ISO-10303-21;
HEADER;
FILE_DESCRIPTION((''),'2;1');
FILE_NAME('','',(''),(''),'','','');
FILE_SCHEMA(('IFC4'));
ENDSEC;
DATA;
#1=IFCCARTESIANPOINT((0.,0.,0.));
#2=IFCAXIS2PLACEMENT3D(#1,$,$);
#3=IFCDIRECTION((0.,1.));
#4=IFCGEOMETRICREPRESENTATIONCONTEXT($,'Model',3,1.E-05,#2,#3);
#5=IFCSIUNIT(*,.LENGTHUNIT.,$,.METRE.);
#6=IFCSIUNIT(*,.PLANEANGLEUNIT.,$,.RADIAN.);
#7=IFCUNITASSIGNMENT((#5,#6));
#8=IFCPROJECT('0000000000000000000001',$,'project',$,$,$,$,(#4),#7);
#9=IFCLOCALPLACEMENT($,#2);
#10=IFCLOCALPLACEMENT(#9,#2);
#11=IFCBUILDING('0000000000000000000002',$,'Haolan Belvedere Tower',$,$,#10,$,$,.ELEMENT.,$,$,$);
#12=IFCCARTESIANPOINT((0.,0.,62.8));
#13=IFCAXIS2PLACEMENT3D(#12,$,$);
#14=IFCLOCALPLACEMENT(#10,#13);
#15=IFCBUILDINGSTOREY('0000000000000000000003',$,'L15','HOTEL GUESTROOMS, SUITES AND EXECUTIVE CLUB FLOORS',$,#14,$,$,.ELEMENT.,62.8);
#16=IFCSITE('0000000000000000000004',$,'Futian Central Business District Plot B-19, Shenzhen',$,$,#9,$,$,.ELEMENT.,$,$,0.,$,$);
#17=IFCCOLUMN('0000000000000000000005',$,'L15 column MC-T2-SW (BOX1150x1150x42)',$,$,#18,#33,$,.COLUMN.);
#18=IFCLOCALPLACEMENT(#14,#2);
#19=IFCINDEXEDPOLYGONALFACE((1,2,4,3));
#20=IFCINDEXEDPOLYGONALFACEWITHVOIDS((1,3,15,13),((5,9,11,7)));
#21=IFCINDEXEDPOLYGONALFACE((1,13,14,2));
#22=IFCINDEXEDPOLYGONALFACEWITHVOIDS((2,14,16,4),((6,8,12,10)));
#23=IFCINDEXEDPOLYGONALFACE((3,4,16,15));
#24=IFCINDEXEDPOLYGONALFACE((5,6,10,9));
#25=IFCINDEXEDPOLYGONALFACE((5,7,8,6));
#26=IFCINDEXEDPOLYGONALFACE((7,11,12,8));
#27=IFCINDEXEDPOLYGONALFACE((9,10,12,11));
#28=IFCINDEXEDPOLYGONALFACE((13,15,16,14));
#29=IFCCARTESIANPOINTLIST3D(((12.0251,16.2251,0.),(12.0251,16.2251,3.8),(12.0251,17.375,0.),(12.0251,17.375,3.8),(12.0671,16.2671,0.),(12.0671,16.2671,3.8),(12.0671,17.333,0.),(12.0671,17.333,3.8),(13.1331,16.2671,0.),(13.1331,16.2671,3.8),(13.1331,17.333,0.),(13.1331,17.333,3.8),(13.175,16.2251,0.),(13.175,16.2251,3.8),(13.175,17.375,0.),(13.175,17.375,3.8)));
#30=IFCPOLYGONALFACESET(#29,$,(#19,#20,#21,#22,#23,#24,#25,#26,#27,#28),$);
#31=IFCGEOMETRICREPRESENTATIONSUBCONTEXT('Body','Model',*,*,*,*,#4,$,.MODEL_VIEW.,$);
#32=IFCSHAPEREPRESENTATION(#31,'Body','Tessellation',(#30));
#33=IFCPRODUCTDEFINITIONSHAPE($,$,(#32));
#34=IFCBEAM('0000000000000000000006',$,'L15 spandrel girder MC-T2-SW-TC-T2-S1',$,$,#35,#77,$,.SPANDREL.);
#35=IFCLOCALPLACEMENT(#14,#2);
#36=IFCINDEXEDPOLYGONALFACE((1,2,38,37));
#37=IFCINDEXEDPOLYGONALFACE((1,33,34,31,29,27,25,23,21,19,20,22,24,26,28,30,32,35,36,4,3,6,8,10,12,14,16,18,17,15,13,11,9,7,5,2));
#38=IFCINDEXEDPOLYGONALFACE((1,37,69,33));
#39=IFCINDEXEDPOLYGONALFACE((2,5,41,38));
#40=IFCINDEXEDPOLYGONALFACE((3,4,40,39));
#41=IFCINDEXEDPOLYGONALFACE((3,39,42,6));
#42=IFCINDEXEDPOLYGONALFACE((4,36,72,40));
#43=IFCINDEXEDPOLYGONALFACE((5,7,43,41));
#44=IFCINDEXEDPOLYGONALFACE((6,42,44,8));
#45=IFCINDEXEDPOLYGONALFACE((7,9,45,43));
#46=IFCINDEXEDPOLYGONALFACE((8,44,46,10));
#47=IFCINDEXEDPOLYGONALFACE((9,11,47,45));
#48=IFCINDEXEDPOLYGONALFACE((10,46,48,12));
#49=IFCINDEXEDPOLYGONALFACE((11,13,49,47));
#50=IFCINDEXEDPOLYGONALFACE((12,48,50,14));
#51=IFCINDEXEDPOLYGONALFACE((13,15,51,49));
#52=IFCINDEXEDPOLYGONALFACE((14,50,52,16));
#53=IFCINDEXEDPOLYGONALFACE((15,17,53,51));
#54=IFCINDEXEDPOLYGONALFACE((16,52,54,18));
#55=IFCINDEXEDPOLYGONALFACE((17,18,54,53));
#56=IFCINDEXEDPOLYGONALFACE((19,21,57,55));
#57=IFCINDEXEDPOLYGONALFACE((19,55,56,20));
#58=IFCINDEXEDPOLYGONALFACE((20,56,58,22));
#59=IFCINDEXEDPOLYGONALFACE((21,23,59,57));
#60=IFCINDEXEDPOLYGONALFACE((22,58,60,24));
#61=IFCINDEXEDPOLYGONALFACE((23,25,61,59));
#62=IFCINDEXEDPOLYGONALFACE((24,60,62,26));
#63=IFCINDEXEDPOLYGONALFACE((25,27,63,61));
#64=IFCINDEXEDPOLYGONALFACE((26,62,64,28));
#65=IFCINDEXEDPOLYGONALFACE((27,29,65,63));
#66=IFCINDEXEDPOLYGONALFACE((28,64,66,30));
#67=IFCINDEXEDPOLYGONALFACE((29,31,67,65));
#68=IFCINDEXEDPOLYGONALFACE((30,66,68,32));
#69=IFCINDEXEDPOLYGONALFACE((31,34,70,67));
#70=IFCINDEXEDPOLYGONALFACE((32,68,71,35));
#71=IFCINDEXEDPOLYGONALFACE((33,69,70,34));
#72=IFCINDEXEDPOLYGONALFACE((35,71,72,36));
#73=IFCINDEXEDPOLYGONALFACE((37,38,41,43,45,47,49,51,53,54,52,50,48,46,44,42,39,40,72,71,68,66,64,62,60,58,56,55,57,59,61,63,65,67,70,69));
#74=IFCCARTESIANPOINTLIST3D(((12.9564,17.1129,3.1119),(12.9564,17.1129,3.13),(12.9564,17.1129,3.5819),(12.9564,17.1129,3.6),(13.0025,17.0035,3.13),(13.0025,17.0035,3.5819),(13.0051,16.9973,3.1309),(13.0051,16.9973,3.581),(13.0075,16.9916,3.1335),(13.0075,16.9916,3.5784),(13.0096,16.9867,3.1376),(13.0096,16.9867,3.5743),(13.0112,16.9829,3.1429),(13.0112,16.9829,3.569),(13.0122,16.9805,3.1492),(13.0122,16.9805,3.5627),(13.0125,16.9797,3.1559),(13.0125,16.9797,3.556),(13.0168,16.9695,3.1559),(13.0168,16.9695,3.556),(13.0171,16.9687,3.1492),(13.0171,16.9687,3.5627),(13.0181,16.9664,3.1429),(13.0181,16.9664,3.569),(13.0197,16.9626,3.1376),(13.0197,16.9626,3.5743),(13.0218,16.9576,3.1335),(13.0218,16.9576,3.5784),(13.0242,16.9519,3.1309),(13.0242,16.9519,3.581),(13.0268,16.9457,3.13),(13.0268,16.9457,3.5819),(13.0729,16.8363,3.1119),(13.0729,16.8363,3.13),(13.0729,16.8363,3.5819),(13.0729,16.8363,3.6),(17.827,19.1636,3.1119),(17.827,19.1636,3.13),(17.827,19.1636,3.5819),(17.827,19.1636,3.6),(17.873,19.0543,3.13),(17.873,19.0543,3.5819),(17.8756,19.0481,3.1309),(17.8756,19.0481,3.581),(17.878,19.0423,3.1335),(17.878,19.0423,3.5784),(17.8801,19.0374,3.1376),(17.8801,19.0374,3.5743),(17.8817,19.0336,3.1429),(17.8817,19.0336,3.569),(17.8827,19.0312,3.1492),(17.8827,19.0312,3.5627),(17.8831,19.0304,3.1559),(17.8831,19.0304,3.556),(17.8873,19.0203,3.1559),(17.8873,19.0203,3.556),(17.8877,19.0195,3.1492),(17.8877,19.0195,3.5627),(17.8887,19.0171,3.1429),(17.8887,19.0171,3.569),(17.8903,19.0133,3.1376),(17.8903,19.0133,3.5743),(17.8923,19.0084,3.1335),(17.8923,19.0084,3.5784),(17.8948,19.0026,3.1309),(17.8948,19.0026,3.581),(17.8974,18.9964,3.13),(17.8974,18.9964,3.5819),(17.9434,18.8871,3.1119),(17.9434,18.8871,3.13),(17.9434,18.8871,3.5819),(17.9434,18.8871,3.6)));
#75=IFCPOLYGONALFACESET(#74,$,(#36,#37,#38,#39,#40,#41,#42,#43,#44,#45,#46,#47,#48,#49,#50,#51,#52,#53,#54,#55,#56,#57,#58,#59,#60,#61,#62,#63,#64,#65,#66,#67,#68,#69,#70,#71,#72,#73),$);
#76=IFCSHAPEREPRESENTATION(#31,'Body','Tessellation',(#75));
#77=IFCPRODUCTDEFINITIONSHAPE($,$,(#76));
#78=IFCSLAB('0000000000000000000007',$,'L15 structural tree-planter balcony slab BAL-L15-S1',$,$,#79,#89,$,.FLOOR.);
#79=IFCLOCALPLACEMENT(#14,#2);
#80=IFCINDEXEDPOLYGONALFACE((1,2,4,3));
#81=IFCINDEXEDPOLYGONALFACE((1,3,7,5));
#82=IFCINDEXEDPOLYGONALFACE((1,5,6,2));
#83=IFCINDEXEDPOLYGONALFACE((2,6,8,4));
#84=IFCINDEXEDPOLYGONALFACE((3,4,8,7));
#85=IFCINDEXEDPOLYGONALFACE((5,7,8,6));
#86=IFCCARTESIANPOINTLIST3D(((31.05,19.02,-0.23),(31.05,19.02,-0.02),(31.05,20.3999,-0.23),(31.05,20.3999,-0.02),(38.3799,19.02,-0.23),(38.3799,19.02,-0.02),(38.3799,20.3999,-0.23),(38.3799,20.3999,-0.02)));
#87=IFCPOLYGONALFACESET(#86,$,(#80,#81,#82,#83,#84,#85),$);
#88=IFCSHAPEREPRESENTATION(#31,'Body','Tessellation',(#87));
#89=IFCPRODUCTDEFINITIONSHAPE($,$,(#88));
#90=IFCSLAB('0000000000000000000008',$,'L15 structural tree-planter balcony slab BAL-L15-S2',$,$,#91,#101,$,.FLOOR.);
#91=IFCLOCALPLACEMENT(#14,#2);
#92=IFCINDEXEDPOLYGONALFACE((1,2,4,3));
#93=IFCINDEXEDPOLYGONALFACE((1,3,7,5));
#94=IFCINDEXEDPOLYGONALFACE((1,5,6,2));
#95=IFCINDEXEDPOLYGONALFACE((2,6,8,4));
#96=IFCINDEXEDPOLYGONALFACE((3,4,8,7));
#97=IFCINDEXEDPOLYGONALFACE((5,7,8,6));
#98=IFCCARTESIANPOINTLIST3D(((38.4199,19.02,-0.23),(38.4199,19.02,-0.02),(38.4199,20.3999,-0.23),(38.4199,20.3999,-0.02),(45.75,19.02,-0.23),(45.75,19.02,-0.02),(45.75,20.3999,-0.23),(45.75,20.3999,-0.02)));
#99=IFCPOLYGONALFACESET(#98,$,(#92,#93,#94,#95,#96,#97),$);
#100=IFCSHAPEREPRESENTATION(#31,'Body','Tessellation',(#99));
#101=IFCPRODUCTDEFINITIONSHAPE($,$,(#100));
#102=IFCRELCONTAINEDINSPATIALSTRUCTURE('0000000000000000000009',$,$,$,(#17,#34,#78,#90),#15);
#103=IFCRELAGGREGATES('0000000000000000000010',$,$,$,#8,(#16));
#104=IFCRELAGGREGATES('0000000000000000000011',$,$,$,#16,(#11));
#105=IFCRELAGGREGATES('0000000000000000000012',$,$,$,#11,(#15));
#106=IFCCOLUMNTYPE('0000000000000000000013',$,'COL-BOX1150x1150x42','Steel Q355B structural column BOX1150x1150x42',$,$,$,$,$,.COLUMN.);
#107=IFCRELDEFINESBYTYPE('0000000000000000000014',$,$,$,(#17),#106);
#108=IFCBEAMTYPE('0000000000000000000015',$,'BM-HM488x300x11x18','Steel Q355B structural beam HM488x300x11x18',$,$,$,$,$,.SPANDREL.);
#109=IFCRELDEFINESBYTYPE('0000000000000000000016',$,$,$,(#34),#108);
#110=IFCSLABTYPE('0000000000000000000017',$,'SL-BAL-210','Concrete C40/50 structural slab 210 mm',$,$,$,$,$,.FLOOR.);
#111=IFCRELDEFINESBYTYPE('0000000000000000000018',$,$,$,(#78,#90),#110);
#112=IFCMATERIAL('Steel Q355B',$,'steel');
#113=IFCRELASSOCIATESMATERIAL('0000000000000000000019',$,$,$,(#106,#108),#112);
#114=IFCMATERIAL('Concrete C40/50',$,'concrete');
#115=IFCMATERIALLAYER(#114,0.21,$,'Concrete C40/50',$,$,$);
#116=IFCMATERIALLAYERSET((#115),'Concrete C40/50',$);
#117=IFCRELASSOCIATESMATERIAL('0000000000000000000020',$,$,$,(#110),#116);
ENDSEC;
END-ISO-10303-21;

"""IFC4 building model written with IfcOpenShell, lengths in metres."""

from ifc_helpers import new_model, si_unit, direction, frame, origin, origin_2d, place, context, subcontext, project, spatial, polyline, hollow_rectangle, i_section, outline, extrude, material, layer, layer_set, material_profile, profile_set, type_object, element, save


model = new_model("IFC4")

# Units and contexts
model_context = context("Model", 3, precision=1e-05, world=origin(), true_north=direction((0.0, 1.0)))
body_context = subcontext(model_context, "Body", "Model", "MODEL_VIEW")
ifc_project = project(units=[si_unit("LENGTHUNIT", "METRE"), si_unit("PLANEANGLEUNIT", "RADIAN")], contexts=[model_context])

# Site, building, storey
site_placement = place(None, origin())
site = spatial("IfcSite", under=ifc_project, at=site_placement, Name="Futian Central Business District Plot B-19, Shenzhen", CompositionType="ELEMENT", RefElevation=0.0)
building_placement = place(site_placement, origin())
building = spatial("IfcBuilding", under=site, at=building_placement, Name="Haolan Belvedere Tower", CompositionType="ELEMENT")
storey_placement = place(building_placement, frame((0.0, 0.0, 62.8)))
storey = spatial("IfcBuildingStorey", under=building, at=storey_placement, Name="L15", Description="HOTEL GUESTROOMS, SUITES AND EXECUTIVE CLUB FLOORS", CompositionType="ELEMENT", Elevation=62.8)

# Column
ifc_material_1 = material(Name="Steel Q355B", Category="steel")
ifc_material_profile_1 = material_profile(ifc_material_1, hollow_rectangle(XDim=1.1499, YDim=1.1499, WallThickness=0.042, at=origin_2d()), Name="Steel Q355B")
ifc_profile_set_1 = profile_set([ifc_material_profile_1], Name="Steel Q355B")
column_type = type_object("IfcColumnType", Name="COL-BOX1150x1150x42", Description="Steel Q355B structural column BOX1150x1150x42", PredefinedType="COLUMN", material=ifc_profile_set_1)
column_placement = place(storey_placement, frame((12.6001, 16.8, 0.0), z_axis=(0.0, 0.0, 1.0), x_axis=(1.0, 0.0, 0.0)))
element("IfcColumn", 1, at=column_placement, inside=storey, type_object=column_type, Name="L15 column MC-T2-SW (BOX1150x1150x42)", PredefinedType="COLUMN", context=body_context, shape_type="SweptSolid", body=[
    extrude(hollow_rectangle(XDim=1.1499, YDim=1.1499, WallThickness=0.042, at=origin_2d()), origin(), (0.0, 0.0, 1.0), 3.8),
])

# Beam
ifc_material_profile_2 = material_profile(ifc_material_1, i_section(OverallWidth=0.3, OverallDepth=0.488, WebThickness=0.011, FlangeThickness=0.0181, FilletRadius=0.0259, at=origin_2d()), Name="Steel Q355B")
ifc_profile_set_2 = profile_set([ifc_material_profile_2], Name="Steel Q355B")
beam_type = type_object("IfcBeamType", Name="BM-HM488x300x11x18", Description="Steel Q355B structural beam HM488x300x11x18", PredefinedType="SPANDREL", material=ifc_profile_set_2)
beam_placement = place(storey_placement, frame((13.0146, 16.9746, 3.356), z_axis=(0.921635, 0.388057, 0.0), x_axis=(-0.388057, 0.921635, 0.0)))
element("IfcBeam", 2, at=beam_placement, inside=storey, type_object=beam_type, Name="L15 spandrel girder MC-T2-SW-TC-T2-S1", PredefinedType="SPANDREL", context=body_context, shape_type="SweptSolid", body=[
    extrude(i_section(OverallWidth=0.3, OverallDepth=0.488, WebThickness=0.011, FlangeThickness=0.0181, FilletRadius=0.0259, at=origin_2d()), origin(), (0.0, 0.0, 1.0), 5.2847),
])

# Slabs
ifc_material_2 = material(Name="Concrete C40/50", Category="concrete")
ifc_layer_1 = layer(ifc_material_2, 0.21, Name="Concrete C40/50")
ifc_layer_set_1 = layer_set([ifc_layer_1], Name="Concrete C40/50")
slab_type_1 = type_object("IfcSlabType", Name="SL-BAL-210", Description="Concrete C40/50 structural slab 210 mm", PredefinedType="FLOOR", material=ifc_layer_set_1)
slab_1_placement = place(storey_placement, frame((0.0, 0.0, -0.23)))
element("IfcSlab", 3, at=slab_1_placement, inside=storey, type_object=slab_type_1, Name="L15 structural tree-planter balcony slab BAL-L15-S1", PredefinedType="FLOOR", context=body_context, shape_type="SweptSolid", body=[
    extrude(outline(polyline([(31.05, 19.02), (38.3799, 19.02), (38.3799, 20.3999), (31.05, 20.3999), (31.05, 19.02)])), origin(), (0.0, 0.0, 1.0), 0.21),
])
slab_2_placement = place(storey_placement, frame((0.0, 0.0, -0.23)))
element("IfcSlab", 4, at=slab_2_placement, inside=storey, type_object=slab_type_1, Name="L15 structural tree-planter balcony slab BAL-L15-S2", PredefinedType="FLOOR", context=body_context, shape_type="SweptSolid", body=[
    extrude(outline(polyline([(38.4199, 19.02), (45.75, 19.02), (45.75, 20.3999), (38.4199, 20.3999), (38.4199, 19.02)])), origin(), (0.0, 0.0, 1.0), 0.21),
])

save(model, "model.ifc")
